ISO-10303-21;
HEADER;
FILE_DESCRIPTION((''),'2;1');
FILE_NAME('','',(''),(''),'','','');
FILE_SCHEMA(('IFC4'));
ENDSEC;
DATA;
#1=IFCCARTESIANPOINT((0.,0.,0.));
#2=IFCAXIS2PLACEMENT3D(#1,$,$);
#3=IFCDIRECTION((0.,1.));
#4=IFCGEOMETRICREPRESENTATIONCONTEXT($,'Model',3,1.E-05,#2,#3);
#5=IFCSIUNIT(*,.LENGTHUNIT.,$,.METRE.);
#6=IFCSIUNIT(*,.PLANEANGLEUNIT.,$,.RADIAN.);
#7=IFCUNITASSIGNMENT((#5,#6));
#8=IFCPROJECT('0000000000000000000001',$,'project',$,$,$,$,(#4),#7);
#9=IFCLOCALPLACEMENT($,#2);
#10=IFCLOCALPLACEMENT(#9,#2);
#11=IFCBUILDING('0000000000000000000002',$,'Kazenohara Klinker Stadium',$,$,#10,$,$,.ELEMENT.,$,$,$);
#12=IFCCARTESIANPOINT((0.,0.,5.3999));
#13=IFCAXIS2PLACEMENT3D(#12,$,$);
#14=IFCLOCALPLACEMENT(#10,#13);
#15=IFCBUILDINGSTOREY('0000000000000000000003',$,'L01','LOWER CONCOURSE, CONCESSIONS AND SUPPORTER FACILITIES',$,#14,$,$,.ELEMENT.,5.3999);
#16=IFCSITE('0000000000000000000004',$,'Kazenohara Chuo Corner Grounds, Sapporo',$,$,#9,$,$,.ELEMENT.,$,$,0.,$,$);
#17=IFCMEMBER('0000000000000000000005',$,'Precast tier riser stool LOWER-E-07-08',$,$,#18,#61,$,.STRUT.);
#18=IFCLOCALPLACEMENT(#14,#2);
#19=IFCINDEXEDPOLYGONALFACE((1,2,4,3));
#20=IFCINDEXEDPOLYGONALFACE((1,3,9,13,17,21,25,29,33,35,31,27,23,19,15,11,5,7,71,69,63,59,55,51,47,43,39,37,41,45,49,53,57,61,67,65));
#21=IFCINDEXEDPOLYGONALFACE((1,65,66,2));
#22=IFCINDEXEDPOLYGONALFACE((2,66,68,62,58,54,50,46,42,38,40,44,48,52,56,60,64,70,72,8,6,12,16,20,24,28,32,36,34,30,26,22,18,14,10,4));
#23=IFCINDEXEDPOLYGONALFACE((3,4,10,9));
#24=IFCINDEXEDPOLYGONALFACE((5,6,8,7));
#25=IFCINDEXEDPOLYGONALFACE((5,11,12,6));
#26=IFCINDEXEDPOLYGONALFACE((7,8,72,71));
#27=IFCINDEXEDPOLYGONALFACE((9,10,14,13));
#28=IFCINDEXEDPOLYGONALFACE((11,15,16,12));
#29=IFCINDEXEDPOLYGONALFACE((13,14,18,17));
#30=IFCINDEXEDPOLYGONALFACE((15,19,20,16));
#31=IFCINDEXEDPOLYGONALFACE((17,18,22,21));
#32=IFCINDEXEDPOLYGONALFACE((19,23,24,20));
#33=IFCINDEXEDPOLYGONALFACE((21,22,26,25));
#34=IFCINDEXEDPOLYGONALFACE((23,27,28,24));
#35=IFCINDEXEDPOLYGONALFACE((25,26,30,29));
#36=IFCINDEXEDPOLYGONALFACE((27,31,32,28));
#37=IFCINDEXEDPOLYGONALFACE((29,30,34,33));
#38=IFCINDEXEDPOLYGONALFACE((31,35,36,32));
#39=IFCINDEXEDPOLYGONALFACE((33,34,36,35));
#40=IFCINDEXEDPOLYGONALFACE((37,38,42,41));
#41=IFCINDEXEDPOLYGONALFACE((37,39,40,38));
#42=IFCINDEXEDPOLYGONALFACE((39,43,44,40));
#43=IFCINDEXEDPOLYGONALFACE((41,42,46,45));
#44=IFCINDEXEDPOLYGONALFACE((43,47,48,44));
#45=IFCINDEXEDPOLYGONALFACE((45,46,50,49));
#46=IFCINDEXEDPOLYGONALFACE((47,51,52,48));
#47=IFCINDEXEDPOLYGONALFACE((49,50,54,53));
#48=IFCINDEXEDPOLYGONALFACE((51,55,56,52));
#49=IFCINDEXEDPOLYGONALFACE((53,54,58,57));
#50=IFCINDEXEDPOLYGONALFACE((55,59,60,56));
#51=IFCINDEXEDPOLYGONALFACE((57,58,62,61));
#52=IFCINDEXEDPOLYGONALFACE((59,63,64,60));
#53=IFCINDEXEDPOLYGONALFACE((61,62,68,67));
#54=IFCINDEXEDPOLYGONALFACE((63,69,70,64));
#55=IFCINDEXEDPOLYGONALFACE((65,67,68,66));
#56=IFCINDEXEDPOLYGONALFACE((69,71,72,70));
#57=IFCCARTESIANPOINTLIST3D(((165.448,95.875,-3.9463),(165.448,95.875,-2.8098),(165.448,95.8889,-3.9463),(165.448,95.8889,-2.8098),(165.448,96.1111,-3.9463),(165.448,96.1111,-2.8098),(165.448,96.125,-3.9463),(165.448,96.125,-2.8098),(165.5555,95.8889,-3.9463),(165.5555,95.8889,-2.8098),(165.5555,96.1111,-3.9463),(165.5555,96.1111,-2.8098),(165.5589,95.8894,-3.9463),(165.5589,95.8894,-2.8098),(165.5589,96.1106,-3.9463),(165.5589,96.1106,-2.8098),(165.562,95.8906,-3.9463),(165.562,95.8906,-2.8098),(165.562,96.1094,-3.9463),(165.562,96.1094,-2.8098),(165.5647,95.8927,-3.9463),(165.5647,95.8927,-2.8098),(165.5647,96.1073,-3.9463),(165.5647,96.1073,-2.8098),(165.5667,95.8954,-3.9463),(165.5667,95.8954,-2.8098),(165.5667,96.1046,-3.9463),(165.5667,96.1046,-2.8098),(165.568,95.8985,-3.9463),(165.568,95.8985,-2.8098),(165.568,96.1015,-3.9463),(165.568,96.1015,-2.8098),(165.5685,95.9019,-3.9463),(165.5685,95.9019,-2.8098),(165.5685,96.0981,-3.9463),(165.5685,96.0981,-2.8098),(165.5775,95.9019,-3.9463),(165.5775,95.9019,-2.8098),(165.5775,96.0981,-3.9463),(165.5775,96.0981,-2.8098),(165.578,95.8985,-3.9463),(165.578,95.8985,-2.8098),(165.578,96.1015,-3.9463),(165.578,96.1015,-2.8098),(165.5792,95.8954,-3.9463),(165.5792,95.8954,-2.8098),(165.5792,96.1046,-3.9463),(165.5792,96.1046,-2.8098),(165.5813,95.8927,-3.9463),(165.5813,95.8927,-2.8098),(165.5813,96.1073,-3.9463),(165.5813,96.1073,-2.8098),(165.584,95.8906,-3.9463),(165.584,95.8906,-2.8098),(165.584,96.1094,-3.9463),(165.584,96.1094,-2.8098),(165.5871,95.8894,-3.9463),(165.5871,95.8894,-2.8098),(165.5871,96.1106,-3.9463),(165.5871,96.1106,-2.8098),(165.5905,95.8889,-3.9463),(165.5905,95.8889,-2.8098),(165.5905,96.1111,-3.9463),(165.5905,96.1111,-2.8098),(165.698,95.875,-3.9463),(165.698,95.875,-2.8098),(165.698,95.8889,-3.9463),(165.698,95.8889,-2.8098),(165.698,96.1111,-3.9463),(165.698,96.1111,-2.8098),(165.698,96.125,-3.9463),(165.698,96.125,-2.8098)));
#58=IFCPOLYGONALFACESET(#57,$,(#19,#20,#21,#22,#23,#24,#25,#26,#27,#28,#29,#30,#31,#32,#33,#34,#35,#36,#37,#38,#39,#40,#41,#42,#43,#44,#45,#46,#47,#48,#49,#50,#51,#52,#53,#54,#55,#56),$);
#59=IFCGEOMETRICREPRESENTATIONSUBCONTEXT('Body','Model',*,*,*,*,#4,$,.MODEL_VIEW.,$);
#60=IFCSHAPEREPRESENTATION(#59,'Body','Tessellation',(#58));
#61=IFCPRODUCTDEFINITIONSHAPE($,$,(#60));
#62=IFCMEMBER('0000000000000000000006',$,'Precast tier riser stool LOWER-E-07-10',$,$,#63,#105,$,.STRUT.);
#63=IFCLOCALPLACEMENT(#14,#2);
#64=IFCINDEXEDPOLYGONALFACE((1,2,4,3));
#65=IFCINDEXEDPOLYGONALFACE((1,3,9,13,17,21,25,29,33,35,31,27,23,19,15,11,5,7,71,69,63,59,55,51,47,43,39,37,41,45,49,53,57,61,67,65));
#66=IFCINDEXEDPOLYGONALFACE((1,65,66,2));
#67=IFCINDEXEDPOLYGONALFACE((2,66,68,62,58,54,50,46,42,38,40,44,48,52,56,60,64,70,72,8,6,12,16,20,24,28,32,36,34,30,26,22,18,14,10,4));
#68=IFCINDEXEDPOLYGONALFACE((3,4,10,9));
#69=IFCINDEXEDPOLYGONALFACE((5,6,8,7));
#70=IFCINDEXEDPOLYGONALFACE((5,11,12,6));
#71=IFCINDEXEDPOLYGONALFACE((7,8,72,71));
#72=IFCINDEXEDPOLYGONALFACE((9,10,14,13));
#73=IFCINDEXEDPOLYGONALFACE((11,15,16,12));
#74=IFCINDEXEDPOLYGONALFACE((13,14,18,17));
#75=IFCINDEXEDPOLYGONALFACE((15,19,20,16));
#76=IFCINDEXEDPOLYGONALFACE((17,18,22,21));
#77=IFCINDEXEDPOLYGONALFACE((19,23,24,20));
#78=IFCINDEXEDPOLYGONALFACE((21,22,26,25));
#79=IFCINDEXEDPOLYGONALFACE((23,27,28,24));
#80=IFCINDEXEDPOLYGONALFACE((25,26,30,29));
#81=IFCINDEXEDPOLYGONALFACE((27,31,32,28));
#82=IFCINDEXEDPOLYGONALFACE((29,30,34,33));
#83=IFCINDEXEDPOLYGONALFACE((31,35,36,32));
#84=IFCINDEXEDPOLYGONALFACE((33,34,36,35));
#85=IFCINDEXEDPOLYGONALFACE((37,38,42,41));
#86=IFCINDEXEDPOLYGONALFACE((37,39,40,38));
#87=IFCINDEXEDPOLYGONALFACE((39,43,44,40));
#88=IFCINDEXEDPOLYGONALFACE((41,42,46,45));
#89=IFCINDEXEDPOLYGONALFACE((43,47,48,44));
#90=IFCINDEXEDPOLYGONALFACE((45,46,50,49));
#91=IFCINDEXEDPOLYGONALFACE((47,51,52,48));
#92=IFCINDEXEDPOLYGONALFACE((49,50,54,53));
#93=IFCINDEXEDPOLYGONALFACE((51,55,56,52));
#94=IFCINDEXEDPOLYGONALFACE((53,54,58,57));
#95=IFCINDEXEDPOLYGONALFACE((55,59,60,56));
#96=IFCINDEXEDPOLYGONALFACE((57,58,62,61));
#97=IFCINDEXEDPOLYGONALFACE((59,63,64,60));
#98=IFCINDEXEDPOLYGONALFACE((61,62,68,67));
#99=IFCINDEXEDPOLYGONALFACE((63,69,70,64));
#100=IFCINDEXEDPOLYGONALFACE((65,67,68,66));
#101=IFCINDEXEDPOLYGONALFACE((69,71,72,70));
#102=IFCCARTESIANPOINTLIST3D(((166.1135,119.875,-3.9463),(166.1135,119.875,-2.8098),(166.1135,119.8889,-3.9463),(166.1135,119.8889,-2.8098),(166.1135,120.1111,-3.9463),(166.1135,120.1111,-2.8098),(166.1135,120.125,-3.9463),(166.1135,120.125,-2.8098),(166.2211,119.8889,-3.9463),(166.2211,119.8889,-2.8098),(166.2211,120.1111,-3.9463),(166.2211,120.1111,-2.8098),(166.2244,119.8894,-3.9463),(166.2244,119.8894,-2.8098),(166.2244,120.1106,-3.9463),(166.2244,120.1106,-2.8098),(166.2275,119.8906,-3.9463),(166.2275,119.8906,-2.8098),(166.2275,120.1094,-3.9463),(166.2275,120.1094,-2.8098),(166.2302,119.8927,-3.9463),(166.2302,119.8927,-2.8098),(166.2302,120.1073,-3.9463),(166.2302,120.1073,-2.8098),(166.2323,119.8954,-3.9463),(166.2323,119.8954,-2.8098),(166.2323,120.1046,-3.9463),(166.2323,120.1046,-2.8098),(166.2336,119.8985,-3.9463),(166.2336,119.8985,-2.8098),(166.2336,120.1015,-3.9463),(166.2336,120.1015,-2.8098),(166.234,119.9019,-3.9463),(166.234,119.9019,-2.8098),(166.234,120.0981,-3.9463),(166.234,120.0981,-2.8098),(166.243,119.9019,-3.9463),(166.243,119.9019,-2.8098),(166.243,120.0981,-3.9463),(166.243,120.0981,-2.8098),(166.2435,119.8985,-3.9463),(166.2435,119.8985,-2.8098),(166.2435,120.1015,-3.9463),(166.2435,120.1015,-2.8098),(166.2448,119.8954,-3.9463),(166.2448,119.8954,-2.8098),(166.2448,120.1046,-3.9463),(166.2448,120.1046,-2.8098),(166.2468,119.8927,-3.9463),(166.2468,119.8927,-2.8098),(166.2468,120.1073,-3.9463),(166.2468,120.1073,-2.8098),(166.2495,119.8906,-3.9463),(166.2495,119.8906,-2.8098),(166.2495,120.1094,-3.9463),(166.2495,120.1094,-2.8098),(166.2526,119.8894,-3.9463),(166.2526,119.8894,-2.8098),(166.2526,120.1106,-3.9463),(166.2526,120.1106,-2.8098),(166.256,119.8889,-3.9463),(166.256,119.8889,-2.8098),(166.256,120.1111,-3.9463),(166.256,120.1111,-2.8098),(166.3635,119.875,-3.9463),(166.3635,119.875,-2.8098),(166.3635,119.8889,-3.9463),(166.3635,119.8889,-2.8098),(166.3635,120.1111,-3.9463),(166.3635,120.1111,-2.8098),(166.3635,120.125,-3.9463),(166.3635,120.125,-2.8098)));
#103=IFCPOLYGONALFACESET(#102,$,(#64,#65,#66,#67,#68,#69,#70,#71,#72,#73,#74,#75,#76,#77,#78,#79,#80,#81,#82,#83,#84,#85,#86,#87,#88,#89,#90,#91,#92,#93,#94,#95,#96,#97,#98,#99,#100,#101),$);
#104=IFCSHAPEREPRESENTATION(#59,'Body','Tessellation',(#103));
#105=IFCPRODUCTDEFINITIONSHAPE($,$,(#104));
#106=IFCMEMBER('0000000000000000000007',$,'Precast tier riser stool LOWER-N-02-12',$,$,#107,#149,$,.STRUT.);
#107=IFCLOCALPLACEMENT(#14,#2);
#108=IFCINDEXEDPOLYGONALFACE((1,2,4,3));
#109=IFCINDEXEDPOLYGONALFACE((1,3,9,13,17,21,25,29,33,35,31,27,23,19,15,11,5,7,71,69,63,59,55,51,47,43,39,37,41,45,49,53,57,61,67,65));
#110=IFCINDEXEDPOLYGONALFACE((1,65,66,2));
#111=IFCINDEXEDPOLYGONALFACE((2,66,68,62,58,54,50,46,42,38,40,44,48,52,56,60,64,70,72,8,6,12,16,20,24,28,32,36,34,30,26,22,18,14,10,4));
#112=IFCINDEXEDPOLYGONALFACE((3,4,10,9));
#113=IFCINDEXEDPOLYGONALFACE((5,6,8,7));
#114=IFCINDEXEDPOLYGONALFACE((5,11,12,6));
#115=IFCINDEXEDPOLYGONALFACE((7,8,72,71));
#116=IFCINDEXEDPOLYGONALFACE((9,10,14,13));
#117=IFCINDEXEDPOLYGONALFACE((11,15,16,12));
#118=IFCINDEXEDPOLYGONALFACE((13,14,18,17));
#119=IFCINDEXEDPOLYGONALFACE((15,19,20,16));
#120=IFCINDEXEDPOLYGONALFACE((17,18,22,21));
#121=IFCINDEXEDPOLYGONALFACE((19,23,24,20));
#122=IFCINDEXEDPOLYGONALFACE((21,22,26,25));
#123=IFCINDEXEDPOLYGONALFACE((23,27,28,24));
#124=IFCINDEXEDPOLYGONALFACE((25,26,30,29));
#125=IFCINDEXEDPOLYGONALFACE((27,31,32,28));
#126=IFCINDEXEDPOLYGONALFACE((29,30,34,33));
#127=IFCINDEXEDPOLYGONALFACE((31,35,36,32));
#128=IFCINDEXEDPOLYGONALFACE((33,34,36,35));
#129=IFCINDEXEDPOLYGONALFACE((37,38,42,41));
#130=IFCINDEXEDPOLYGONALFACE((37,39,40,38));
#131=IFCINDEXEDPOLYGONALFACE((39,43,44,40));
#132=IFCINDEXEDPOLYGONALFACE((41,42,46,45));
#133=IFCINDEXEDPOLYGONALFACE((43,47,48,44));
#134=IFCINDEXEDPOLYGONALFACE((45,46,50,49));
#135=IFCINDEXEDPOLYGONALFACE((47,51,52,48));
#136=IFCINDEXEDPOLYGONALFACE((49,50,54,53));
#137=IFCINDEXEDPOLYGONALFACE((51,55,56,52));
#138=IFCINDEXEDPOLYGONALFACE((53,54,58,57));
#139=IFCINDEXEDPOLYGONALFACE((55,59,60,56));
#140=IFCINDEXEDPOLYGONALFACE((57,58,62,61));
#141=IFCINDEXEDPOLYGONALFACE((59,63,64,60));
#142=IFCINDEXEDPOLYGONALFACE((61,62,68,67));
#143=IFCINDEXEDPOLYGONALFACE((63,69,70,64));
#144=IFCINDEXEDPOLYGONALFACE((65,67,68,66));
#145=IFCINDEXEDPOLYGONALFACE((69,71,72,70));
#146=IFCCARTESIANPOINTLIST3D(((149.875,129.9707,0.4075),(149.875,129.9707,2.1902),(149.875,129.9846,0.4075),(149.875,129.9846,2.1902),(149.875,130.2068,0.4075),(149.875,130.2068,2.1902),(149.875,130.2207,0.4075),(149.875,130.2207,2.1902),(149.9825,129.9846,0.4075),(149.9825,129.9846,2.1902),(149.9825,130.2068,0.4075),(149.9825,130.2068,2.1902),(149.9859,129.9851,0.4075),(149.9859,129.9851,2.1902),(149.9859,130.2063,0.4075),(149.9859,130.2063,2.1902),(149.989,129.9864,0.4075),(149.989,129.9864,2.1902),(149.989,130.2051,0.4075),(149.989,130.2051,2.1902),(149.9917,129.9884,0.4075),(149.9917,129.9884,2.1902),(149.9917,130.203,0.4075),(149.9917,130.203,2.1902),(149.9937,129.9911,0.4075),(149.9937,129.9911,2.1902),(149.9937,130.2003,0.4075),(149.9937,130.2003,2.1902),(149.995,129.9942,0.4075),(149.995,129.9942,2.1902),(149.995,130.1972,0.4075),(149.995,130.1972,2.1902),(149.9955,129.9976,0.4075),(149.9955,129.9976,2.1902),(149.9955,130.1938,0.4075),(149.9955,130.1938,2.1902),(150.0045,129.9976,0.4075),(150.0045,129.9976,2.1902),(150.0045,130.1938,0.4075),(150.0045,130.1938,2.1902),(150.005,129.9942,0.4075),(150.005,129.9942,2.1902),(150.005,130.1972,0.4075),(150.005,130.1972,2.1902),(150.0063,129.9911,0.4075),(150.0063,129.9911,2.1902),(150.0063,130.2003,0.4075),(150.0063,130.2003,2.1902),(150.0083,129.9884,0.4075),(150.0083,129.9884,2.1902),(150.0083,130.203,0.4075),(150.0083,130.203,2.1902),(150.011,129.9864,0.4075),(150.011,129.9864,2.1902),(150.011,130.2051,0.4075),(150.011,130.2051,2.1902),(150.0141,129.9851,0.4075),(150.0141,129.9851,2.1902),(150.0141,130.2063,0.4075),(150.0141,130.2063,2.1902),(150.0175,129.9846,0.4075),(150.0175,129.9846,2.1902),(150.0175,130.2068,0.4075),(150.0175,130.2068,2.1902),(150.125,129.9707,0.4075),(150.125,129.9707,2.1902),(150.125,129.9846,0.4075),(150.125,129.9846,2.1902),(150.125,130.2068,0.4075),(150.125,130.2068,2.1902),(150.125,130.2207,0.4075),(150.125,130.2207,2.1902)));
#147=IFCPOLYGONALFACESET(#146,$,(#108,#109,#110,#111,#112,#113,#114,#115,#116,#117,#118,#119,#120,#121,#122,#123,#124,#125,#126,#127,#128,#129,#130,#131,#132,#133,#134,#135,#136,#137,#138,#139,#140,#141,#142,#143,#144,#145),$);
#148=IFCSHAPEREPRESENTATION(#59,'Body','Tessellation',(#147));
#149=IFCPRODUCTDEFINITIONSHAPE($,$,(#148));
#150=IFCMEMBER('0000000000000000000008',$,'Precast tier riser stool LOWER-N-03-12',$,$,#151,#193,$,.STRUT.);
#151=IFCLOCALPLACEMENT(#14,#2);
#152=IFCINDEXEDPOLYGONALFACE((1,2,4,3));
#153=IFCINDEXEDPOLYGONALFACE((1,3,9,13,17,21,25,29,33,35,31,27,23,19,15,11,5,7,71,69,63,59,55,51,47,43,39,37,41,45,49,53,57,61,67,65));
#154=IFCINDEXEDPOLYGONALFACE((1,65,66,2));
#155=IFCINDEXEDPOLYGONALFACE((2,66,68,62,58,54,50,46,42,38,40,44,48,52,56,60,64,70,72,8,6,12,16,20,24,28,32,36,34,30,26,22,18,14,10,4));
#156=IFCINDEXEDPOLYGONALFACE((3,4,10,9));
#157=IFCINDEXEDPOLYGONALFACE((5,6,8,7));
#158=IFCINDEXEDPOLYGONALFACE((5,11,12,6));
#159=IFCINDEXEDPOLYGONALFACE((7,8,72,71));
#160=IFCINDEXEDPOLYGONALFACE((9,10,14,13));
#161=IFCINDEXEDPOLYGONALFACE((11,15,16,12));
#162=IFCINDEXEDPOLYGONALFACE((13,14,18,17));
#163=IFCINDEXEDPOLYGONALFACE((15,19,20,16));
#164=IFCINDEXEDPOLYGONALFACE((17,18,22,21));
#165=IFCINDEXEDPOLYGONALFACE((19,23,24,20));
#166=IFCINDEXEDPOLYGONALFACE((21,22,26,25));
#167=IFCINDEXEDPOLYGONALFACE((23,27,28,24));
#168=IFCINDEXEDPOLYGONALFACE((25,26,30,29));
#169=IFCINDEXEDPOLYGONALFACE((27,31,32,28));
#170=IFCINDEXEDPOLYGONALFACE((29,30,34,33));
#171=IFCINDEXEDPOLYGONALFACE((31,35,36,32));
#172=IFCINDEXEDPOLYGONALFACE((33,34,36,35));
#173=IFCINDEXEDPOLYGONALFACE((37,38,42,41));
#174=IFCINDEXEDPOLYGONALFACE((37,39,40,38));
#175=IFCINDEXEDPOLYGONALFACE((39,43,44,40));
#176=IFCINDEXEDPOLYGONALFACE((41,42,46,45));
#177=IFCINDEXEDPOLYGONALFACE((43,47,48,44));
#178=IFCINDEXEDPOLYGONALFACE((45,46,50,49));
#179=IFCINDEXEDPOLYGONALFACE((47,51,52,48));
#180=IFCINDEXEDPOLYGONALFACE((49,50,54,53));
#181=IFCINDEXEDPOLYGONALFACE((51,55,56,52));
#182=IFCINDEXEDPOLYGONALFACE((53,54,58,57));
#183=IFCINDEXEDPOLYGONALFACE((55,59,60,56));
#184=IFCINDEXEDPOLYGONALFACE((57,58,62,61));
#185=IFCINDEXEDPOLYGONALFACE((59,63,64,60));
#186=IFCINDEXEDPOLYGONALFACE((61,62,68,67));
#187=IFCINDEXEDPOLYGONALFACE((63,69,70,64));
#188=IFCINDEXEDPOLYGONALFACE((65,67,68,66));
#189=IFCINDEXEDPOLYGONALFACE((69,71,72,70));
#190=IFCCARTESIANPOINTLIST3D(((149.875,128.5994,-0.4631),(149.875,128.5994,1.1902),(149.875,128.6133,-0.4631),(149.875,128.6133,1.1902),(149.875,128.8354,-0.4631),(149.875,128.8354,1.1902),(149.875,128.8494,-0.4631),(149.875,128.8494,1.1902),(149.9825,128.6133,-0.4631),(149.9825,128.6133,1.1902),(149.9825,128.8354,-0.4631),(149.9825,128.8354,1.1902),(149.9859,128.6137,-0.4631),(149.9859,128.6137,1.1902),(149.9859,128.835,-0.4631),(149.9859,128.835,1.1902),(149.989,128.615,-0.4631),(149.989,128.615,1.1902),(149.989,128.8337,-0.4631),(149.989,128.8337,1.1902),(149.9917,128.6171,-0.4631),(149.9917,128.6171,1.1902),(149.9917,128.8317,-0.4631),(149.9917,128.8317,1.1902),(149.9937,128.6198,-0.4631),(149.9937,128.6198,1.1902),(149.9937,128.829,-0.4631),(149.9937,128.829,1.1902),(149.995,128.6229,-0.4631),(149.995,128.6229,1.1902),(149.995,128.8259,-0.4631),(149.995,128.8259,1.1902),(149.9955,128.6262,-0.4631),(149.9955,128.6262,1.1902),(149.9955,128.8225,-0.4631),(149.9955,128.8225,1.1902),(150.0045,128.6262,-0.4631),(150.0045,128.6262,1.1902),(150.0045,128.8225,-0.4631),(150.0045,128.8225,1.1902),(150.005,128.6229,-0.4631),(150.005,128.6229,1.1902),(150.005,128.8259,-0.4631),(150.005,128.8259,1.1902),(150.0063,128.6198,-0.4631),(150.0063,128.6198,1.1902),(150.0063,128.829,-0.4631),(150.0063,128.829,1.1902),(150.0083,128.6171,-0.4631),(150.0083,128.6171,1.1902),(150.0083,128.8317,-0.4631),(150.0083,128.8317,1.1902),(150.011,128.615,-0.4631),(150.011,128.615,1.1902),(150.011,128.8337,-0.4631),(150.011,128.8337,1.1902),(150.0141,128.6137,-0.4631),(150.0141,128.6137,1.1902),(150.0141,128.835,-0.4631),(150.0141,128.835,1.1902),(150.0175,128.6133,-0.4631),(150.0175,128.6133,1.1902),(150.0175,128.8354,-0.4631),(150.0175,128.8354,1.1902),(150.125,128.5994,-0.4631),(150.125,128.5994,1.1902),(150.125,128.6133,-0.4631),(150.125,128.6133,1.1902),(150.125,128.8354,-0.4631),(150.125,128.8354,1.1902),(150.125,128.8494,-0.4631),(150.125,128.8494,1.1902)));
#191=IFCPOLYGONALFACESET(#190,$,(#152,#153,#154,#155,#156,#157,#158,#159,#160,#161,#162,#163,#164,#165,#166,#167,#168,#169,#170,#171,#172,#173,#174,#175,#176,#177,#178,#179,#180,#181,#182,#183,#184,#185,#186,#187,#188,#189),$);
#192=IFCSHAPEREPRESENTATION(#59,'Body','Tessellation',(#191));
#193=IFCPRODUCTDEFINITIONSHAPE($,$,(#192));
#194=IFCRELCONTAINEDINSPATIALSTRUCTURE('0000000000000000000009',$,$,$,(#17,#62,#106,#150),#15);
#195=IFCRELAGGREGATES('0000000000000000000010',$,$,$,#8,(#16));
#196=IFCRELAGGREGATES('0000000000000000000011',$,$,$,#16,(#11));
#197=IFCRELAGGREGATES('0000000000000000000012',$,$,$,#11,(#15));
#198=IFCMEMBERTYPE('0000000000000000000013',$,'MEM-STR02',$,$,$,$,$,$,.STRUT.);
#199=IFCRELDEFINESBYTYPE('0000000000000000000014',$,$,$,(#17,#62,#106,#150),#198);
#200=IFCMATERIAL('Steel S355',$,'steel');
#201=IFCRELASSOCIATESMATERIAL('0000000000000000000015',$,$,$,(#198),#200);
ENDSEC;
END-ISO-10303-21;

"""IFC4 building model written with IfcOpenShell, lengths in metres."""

from ifc_helpers import new_model, si_unit, direction, frame, origin, origin_2d, place, context, subcontext, project, spatial, i_section, extrude, material, material_profile, profile_set, type_object, element, save


model = new_model("IFC4")

# Units and contexts
model_context = context("Model", 3, precision=1e-05, world=origin(), true_north=direction((0.0, 1.0)))
body_context = subcontext(model_context, "Body", "Model", "MODEL_VIEW")
ifc_project = project(units=[si_unit("LENGTHUNIT", "METRE"), si_unit("PLANEANGLEUNIT", "RADIAN")], contexts=[model_context])

# Site, building, storey
site_placement = place(None, origin())
site = spatial("IfcSite", under=ifc_project, at=site_placement, Name="Kazenohara Chuo Corner Grounds, Sapporo", CompositionType="ELEMENT", RefElevation=0.0)
building_placement = place(site_placement, origin())
building = spatial("IfcBuilding", under=site, at=building_placement, Name="Kazenohara Klinker Stadium", CompositionType="ELEMENT")
storey_placement = place(building_placement, frame((0.0, 0.0, 5.3999)))
storey = spatial("IfcBuildingStorey", under=building, at=storey_placement, Name="L01", Description="LOWER CONCOURSE, CONCESSIONS AND SUPPORTER FACILITIES", CompositionType="ELEMENT", Elevation=5.3999)

# Shared definitions
ifc_material_1 = material(Name="Steel S355", Category="steel")

# Members
ifc_material_profile_1 = material_profile(ifc_material_1, i_section(OverallWidth=0.25, OverallDepth=0.25, WebThickness=0.009, FlangeThickness=0.0139, FilletRadius=0.0129, at=origin_2d()), Name="H-250x250x9x14")
ifc_profile_set_1 = profile_set([ifc_material_profile_1], Name="Steel S355")
member_type_1 = type_object("IfcMemberType", Name="MEM-STR02", PredefinedType="STRUT", material=ifc_profile_set_1)
for number, where, z_axis, x_axis, name in (
    (1, (165.573, 96.0, -3.9463), (0.0, 0.0, 1.0), (1.0, 0.0, 0.0), "Precast tier riser stool LOWER-E-07-08"),
    (2, (166.2385, 120.0, -3.9463), (0.0, 0.0, 1.0), (1.0, 0.0, 0.0), "Precast tier riser stool LOWER-E-07-10"),
):
    element("IfcMember", number, at=place(storey_placement, frame(where, z_axis=z_axis, x_axis=x_axis)), inside=storey, type_object=member_type_1, Name=name, PredefinedType="STRUT", context=body_context, shape_type="SweptSolid", body=[
        extrude(i_section(OverallWidth=0.25, OverallDepth=0.25, WebThickness=0.009, FlangeThickness=0.0139, FilletRadius=0.0129, at=origin_2d()), origin(), (0.0, 0.0, 1.0), 1.1365),
    ])
member_1_placement = place(storey_placement, frame((150.0, 130.0957, 0.4075), z_axis=(0.0, 0.0, 1.0), x_axis=(1.0, 0.0, 0.0)))
element("IfcMember", 3, at=member_1_placement, inside=storey, type_object=member_type_1, Name="Precast tier riser stool LOWER-N-02-12", PredefinedType="STRUT", context=body_context, shape_type="SweptSolid", body=[
    extrude(i_section(OverallWidth=0.25, OverallDepth=0.25, WebThickness=0.009, FlangeThickness=0.0139, FilletRadius=0.0129, at=origin_2d()), origin(), (0.0, 0.0, 1.0), 1.7827),
])
member_2_placement = place(storey_placement, frame((150.0, 128.7244, -0.4631), z_axis=(0.0, 0.0, 1.0), x_axis=(1.0, 0.0, 0.0)))
element("IfcMember", 4, at=member_2_placement, inside=storey, type_object=member_type_1, Name="Precast tier riser stool LOWER-N-03-12", PredefinedType="STRUT", context=body_context, shape_type="SweptSolid", body=[
    extrude(i_section(OverallWidth=0.25, OverallDepth=0.25, WebThickness=0.009, FlangeThickness=0.0139, FilletRadius=0.0129, at=origin_2d()), origin(), (0.0, 0.0, 1.0), 1.6533),
])

save(model, "model.ifc")
